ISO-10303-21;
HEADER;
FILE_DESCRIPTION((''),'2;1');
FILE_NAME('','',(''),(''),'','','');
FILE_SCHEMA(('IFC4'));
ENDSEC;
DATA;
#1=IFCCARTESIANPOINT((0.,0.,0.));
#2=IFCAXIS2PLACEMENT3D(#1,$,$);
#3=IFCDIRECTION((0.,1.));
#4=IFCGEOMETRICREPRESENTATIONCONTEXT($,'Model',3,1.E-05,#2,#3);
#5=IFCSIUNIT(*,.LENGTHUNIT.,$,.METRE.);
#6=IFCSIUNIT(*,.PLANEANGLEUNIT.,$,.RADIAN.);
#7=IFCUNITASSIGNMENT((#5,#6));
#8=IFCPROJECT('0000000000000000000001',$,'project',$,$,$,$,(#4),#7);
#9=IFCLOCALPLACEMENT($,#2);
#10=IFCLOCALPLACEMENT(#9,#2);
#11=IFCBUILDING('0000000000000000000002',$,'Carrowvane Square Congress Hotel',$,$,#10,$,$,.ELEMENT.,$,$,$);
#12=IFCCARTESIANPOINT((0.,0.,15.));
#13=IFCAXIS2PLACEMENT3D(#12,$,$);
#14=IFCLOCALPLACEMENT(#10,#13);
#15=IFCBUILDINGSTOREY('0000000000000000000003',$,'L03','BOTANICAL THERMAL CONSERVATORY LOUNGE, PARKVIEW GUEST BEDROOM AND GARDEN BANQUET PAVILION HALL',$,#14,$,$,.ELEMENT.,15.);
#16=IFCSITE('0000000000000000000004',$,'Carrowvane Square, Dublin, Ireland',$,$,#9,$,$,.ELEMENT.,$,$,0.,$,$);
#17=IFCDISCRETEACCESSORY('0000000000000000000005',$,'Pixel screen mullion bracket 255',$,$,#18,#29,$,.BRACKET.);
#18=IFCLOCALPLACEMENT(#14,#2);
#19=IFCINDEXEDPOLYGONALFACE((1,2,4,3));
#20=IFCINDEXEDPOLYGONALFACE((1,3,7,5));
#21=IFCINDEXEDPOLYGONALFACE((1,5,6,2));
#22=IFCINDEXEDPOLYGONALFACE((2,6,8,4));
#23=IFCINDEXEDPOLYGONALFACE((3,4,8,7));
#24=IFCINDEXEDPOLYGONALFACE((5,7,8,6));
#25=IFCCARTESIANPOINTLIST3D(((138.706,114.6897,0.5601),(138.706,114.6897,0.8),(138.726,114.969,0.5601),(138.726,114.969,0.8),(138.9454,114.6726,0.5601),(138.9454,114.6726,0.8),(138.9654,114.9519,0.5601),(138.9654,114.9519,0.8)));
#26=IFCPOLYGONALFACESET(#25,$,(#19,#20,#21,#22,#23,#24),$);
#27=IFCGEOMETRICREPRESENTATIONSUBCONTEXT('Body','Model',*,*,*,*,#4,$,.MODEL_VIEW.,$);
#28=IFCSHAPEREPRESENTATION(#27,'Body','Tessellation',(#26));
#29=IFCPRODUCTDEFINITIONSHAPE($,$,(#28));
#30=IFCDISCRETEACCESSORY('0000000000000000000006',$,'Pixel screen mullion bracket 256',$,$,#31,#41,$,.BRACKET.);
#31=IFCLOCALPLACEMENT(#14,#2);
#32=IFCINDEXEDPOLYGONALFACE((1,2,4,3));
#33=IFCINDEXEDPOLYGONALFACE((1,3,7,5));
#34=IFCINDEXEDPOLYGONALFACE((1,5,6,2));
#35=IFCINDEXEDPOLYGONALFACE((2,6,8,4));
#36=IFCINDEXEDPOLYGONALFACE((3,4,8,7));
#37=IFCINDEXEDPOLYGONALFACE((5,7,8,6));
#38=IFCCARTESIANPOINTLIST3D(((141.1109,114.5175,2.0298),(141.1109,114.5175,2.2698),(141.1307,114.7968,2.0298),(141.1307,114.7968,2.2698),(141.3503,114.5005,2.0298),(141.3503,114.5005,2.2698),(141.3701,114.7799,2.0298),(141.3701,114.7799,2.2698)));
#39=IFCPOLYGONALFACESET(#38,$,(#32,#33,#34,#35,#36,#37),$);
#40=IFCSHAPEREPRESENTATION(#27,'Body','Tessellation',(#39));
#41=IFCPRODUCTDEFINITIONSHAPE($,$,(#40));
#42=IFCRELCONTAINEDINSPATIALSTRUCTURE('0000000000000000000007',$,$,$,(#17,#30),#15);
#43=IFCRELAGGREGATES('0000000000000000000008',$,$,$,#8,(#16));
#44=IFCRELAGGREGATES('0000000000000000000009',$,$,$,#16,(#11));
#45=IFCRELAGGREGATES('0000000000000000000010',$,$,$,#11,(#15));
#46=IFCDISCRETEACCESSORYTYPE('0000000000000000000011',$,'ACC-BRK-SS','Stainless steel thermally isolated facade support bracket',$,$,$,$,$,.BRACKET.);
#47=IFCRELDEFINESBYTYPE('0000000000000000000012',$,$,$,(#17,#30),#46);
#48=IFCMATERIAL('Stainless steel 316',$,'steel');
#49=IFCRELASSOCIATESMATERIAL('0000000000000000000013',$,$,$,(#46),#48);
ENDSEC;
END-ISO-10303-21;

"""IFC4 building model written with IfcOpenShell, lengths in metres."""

from ifc_helpers import new_model, si_unit, direction, frame, origin, origin_2d, place, context, subcontext, project, spatial, rectangle, extrude, material, type_object, element, save


model = new_model("IFC4")

# Units and contexts
model_context = context("Model", 3, precision=1e-05, world=origin(), true_north=direction((0.0, 1.0)))
body_context = subcontext(model_context, "Body", "Model", "MODEL_VIEW")
ifc_project = project(units=[si_unit("LENGTHUNIT", "METRE"), si_unit("PLANEANGLEUNIT", "RADIAN")], contexts=[model_context])

# Site, building, storey
site_placement = place(None, origin())
site = spatial("IfcSite", under=ifc_project, at=site_placement, Name="Carrowvane Square, Dublin, Ireland", CompositionType="ELEMENT", RefElevation=0.0)
building_placement = place(site_placement, origin())
building = spatial("IfcBuilding", under=site, at=building_placement, Name="Carrowvane Square Congress Hotel", CompositionType="ELEMENT")
storey_placement = place(building_placement, frame((0.0, 0.0, 15.0)))
storey = spatial("IfcBuildingStorey", under=building, at=storey_placement, Name="L03", Description="BOTANICAL THERMAL CONSERVATORY LOUNGE, PARKVIEW GUEST BEDROOM AND GARDEN BANQUET PAVILION HALL", CompositionType="ELEMENT", Elevation=15.0)

# Discrete accessories
ifc_material_1 = material(Name="Stainless steel 316", Category="steel")
discrete_accessory_type = type_object("IfcDiscreteAccessoryType", Name="ACC-BRK-SS", Description="Stainless steel thermally isolated facade support bracket", PredefinedType="BRACKET", material=ifc_material_1)
for number, where, z_axis, x_axis, name in (
    (1, (138.8357, 114.8208, 0.5601), (0.0, 0.0, 1.0), (0.997446, -0.07142, 0.0), "Pixel screen mullion bracket 255"),
    (2, (141.2405, 114.6487, 2.0298), (0.0, 0.0, 1.0), (0.997506, -0.070585, 0.0), "Pixel screen mullion bracket 256"),
):
    element("IfcDiscreteAccessory", number, at=place(storey_placement, frame(where, z_axis=z_axis, x_axis=x_axis)), inside=storey, type_object=discrete_accessory_type, Name=name, PredefinedType="BRACKET", context=body_context, shape_type="SweptSolid", body=[
        extrude(rectangle(XDim=0.24, YDim=0.28, at=origin_2d()), origin(), (0.0, 0.0, 1.0), 0.24),
    ])

save(model, "model.ifc")
